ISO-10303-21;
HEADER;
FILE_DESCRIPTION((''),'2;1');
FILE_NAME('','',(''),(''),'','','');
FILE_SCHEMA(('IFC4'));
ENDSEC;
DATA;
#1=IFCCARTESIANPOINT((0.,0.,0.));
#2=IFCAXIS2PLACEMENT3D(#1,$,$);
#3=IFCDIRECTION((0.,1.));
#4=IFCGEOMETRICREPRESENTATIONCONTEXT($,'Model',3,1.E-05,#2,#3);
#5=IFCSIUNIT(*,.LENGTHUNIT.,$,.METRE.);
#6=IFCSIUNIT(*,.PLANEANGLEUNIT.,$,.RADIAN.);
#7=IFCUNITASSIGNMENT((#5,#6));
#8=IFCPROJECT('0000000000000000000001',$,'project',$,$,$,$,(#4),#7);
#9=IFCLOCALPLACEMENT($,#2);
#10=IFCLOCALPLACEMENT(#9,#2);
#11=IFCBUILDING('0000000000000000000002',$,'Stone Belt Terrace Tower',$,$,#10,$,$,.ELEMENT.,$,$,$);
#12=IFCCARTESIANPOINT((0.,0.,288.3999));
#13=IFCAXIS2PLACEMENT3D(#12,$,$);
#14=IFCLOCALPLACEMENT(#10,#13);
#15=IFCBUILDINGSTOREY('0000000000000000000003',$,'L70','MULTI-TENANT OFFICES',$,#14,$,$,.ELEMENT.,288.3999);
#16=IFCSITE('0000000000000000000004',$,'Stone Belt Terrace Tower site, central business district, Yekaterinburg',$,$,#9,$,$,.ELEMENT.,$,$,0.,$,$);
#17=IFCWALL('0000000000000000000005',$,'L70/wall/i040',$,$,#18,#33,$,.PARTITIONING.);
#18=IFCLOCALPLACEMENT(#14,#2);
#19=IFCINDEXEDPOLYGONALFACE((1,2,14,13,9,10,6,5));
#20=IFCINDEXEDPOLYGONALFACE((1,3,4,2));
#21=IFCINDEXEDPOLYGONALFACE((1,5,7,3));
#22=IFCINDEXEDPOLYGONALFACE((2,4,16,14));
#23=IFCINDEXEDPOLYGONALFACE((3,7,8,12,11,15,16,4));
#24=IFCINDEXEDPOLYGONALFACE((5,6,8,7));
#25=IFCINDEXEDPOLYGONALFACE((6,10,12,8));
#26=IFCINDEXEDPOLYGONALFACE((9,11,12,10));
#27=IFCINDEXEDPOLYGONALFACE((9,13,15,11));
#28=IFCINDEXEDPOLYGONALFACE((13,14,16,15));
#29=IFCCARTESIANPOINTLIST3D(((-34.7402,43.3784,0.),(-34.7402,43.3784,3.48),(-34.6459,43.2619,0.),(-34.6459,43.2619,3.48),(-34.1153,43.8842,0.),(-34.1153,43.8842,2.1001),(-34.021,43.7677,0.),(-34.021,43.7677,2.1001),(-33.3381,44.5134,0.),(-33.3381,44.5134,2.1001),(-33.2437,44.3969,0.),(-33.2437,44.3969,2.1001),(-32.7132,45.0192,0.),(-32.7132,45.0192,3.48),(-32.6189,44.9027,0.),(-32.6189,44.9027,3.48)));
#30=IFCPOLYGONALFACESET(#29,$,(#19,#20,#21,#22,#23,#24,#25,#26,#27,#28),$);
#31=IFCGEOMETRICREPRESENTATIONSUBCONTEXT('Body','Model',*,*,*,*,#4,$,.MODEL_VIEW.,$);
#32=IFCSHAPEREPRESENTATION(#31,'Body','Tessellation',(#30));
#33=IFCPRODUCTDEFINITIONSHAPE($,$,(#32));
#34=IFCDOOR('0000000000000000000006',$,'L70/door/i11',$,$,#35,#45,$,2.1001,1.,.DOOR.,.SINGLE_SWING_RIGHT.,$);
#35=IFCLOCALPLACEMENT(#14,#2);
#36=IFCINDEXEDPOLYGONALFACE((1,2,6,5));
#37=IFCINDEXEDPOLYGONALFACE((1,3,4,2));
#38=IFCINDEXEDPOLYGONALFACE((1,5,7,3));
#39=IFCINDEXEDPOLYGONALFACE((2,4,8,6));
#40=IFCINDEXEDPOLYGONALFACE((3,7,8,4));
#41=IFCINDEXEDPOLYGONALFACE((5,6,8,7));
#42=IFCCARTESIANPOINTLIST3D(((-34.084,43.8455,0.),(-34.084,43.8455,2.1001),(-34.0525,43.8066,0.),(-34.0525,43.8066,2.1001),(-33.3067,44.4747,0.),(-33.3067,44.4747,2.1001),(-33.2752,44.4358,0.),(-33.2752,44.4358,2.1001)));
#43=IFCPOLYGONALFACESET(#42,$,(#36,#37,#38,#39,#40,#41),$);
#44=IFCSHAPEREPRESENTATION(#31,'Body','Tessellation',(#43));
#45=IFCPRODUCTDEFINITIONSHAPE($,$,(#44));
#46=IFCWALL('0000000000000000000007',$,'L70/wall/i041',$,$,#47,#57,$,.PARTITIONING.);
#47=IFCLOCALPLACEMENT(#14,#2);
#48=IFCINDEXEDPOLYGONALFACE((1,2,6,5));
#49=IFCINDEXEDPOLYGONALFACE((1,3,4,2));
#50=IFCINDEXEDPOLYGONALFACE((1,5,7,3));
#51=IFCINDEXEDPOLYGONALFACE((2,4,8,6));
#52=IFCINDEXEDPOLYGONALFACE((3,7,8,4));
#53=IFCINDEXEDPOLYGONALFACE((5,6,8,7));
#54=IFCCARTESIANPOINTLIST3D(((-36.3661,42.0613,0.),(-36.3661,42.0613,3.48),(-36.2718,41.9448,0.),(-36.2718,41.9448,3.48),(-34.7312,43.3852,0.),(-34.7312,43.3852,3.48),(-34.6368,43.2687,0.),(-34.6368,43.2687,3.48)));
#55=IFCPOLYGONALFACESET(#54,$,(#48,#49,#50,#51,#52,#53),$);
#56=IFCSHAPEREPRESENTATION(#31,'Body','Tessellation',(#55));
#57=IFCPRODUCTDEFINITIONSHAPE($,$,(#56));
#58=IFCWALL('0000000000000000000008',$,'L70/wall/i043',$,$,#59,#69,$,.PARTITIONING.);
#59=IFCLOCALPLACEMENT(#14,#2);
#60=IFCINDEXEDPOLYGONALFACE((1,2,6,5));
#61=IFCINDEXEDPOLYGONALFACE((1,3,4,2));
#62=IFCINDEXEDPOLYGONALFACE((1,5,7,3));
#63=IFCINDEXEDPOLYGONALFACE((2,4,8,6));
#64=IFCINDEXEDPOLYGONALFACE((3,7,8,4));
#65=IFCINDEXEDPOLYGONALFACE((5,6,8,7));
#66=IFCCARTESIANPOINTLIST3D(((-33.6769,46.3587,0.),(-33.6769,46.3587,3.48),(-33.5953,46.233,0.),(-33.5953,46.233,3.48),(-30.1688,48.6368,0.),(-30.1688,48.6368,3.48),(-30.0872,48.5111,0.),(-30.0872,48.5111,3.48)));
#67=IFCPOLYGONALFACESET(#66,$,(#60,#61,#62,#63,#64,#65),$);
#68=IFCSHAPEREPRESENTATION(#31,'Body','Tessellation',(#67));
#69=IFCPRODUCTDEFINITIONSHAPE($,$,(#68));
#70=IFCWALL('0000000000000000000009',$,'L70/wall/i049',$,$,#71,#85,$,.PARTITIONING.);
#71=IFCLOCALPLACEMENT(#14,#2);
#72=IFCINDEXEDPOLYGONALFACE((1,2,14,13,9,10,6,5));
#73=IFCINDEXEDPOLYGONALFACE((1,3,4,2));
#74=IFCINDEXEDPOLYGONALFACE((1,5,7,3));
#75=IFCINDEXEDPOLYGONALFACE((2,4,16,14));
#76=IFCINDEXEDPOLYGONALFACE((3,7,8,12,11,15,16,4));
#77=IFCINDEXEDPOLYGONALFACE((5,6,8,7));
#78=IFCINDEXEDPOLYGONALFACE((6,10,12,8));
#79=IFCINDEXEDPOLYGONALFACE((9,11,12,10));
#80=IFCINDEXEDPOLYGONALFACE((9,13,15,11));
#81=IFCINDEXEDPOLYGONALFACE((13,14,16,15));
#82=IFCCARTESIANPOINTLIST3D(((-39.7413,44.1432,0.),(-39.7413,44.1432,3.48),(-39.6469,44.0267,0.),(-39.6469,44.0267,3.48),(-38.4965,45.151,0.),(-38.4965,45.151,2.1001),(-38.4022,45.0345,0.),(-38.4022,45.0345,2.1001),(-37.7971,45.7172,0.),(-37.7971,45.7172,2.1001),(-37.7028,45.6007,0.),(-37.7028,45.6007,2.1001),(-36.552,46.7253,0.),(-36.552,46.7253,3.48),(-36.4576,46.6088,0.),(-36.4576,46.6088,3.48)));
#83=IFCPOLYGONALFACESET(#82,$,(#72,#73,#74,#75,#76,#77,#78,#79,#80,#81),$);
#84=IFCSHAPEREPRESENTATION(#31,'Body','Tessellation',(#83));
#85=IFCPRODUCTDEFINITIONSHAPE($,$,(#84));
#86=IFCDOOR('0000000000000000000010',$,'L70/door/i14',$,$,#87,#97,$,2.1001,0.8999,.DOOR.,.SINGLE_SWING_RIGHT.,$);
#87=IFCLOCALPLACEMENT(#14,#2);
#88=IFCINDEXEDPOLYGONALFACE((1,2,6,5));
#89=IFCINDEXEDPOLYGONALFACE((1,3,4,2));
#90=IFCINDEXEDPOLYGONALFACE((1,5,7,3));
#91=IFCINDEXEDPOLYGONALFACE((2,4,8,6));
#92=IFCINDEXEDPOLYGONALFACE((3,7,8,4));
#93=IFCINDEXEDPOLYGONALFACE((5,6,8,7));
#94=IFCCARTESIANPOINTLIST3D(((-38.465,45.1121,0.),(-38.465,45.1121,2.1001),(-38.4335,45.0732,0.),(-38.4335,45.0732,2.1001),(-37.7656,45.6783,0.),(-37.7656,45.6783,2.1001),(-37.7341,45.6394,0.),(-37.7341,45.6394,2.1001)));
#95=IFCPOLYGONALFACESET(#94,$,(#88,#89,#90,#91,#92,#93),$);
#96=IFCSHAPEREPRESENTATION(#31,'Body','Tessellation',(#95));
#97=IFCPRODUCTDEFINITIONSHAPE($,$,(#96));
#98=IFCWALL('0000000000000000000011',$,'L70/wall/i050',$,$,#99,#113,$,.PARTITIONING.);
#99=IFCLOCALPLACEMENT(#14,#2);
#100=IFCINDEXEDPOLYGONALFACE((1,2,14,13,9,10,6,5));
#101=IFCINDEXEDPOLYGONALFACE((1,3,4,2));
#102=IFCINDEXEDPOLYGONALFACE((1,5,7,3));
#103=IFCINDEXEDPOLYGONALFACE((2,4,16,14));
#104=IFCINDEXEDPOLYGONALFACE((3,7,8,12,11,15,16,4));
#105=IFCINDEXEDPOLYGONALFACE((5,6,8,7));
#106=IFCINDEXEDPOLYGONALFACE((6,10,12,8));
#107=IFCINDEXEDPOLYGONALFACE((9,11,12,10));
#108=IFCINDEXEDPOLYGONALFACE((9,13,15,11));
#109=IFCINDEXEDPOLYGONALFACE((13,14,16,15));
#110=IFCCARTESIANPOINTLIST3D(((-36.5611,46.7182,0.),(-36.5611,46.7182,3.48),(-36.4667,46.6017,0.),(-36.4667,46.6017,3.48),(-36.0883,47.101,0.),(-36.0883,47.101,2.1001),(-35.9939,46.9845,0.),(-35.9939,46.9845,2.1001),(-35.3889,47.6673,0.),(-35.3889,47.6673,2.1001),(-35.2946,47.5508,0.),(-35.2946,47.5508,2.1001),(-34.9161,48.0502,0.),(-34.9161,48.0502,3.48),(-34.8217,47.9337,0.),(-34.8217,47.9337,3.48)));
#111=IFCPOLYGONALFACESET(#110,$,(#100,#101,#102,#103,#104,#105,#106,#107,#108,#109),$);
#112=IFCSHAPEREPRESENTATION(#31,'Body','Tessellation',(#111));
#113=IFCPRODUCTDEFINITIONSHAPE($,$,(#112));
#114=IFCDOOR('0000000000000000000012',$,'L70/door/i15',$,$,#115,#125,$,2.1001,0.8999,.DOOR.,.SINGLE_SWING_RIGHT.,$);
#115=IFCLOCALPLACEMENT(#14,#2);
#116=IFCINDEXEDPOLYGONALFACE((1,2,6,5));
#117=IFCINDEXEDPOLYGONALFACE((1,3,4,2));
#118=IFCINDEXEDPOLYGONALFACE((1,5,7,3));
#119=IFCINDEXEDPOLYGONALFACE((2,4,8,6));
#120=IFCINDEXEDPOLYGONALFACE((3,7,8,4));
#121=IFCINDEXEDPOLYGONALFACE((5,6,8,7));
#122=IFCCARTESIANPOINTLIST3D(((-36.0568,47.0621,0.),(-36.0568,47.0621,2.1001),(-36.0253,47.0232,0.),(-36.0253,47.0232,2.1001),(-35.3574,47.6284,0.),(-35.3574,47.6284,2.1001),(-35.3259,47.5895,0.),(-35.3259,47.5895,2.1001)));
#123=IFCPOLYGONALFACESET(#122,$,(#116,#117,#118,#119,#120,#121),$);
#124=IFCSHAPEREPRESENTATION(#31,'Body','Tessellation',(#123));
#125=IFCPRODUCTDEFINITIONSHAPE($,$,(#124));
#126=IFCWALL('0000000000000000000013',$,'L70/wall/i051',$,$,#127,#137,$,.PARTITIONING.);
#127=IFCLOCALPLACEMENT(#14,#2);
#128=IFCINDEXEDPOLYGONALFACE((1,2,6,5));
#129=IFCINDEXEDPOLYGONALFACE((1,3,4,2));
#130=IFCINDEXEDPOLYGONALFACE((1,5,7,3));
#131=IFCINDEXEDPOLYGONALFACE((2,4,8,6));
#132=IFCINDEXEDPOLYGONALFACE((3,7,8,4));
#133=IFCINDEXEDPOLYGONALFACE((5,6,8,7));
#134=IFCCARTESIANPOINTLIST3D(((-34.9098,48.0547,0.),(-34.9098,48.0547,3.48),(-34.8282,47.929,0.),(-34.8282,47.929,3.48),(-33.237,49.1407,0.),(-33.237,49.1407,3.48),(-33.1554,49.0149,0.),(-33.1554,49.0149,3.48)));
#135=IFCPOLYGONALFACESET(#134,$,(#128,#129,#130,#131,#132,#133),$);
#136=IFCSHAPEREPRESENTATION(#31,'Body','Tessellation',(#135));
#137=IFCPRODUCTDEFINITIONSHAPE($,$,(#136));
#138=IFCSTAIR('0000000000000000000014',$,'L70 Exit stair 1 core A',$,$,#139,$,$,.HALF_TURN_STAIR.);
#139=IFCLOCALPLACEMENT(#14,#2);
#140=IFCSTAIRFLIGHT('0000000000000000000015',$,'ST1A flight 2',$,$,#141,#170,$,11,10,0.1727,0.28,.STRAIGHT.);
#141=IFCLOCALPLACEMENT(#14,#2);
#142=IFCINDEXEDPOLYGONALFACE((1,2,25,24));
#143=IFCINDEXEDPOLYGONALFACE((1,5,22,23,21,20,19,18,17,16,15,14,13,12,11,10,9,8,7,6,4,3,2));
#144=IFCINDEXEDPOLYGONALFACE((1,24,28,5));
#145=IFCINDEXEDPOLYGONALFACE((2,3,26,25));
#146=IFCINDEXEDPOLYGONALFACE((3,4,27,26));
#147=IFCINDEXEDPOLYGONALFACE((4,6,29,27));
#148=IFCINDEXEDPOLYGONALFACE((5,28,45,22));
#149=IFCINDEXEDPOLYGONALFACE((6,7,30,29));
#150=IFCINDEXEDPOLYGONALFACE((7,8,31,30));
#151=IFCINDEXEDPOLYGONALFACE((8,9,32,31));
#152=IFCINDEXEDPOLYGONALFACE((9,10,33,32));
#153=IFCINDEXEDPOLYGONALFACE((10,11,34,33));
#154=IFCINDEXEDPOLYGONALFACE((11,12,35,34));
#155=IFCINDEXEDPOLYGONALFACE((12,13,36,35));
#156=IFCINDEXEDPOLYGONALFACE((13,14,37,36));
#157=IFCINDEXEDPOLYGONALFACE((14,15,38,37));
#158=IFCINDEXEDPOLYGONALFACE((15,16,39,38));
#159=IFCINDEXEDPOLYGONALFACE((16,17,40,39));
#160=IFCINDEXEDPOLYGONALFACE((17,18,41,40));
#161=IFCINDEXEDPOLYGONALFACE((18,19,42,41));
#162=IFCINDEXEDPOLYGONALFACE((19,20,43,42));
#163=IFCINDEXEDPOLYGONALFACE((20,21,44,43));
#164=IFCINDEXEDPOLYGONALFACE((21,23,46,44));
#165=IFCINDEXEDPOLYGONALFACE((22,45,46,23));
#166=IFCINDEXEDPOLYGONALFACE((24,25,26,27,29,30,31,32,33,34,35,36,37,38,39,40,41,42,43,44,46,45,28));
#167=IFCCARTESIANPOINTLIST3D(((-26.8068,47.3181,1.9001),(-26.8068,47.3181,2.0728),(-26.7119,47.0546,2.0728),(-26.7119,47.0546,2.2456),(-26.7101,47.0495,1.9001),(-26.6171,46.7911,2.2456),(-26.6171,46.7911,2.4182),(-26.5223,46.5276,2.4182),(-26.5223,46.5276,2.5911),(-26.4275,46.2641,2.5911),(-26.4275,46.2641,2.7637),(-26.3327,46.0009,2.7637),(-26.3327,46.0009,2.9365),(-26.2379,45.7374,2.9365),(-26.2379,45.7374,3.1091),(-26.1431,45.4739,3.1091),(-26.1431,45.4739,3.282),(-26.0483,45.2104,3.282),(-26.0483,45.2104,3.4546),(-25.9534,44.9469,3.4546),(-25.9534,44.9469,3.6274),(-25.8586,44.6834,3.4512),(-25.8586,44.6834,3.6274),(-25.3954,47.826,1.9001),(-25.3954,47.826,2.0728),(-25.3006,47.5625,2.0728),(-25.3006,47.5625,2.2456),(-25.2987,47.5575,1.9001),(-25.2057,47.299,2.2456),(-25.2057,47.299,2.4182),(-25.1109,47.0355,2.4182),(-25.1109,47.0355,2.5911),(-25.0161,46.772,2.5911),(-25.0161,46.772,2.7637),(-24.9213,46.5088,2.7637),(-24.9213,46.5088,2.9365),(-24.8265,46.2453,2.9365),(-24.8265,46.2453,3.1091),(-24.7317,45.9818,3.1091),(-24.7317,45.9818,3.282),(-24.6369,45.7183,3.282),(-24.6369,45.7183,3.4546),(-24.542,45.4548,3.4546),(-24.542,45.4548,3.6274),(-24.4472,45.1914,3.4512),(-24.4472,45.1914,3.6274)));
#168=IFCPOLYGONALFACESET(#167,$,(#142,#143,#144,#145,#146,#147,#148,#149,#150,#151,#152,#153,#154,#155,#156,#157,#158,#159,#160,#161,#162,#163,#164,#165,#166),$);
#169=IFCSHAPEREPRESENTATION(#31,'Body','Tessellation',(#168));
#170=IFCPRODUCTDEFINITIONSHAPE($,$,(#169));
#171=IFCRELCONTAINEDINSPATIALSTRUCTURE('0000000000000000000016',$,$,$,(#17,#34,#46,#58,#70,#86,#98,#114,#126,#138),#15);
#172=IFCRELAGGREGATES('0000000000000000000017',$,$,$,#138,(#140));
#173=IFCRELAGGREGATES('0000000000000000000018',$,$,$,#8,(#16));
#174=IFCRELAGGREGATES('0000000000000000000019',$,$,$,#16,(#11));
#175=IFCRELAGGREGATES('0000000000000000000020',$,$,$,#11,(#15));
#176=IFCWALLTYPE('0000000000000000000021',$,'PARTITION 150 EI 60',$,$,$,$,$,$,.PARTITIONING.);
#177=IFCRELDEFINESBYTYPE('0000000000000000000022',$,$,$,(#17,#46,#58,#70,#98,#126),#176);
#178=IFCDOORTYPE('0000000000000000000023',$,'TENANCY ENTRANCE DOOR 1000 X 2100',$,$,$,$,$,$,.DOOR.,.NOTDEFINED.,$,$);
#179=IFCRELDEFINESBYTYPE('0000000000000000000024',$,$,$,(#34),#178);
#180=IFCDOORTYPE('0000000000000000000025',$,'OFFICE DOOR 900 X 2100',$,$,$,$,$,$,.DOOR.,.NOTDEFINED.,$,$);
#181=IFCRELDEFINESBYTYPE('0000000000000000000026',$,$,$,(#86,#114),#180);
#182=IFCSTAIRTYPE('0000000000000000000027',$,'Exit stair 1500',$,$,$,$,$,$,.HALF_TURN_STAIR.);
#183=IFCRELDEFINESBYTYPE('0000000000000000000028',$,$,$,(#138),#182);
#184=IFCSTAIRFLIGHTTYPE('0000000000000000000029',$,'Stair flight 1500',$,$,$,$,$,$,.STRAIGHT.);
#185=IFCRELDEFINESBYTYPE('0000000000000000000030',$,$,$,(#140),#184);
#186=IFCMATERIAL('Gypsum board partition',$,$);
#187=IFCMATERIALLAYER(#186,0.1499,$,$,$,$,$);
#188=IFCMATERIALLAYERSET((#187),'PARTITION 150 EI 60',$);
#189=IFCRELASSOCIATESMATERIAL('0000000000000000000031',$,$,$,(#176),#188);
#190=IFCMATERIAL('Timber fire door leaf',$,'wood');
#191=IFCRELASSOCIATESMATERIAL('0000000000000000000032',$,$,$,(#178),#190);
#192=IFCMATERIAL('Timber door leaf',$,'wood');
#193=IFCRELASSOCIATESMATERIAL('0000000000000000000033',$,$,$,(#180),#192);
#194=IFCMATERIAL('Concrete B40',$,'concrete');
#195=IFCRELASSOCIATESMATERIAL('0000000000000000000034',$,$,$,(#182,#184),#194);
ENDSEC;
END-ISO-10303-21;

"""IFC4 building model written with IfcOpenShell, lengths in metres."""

from ifc_helpers import new_model, si_unit, direction, frame, frame_2d, origin, place, context, subcontext, project, spatial, polyline, rectangle, outline, extrude, material, layer, layer_set, type_object, element, fill, aggregate, save


model = new_model("IFC4")

# Units and contexts
model_context = context("Model", 3, precision=1e-05, world=origin(), true_north=direction((0.0, 1.0)))
body_context = subcontext(model_context, "Body", "Model", "MODEL_VIEW")
ifc_project = project(units=[si_unit("LENGTHUNIT", "METRE"), si_unit("PLANEANGLEUNIT", "RADIAN")], contexts=[model_context])

# Site, building, storey
site_placement = place(None, origin())
site = spatial("IfcSite", under=ifc_project, at=site_placement, Name="Stone Belt Terrace Tower site, central business district, Yekaterinburg", CompositionType="ELEMENT", RefElevation=0.0)
building_placement = place(site_placement, origin())
building = spatial("IfcBuilding", under=site, at=building_placement, Name="Stone Belt Terrace Tower", CompositionType="ELEMENT")
storey_placement = place(building_placement, frame((0.0, 0.0, 288.3999)))
storey = spatial("IfcBuildingStorey", under=building, at=storey_placement, Name="L70", Description="MULTI-TENANT OFFICES", CompositionType="ELEMENT", Elevation=288.3999)

# Shared definitions
ifc_material_1 = material(Name="Gypsum board partition")
ifc_layer_1 = layer(ifc_material_1, 0.1499)
ifc_layer_set_1 = layer_set([ifc_layer_1], Name="PARTITION 150 EI 60")
wall_type_1 = type_object("IfcWallType", Name="PARTITION 150 EI 60", PredefinedType="PARTITIONING", material=ifc_layer_set_1)

# Wall, opening, door
wall_1_placement = place(storey_placement, frame((-32.666, 44.9609, 0.0), z_axis=(0.0, 0.0, 1.0), x_axis=(-0.777267, -0.629171, 0.0)))
wall_1 = element("IfcWall", 1, at=wall_1_placement, inside=storey, type_object=wall_type_1, Name="L70/wall/i040", PredefinedType="PARTITIONING", context=body_context, shape_type="SweptSolid", body=[
    extrude(rectangle(XDim=2.6079, YDim=0.1499, at=frame_2d((1.304, 0.0))), origin(), (0.0, 0.0, 1.0), 3.48),
])
opening_1_placement = place(wall_1_placement, frame((0.804, 0.0, 0.0)))
opening_1 = element("IfcOpeningElement", 2, at=opening_1_placement, cuts=wall_1, PredefinedType="OPENING", context=body_context, shape_type="SweptSolid", body=[
    extrude(rectangle(XDim=1.0, YDim=2.1001, at=frame_2d((0.5, 1.05))), frame((0.0, 0.085, 0.0), z_axis=(0.0, -1.0, 0.0), x_axis=(1.0, 0.0, 0.0)), (0.0, 0.0, 1.0), 0.1699),
])
ifc_material_2 = material(Name="Timber fire door leaf", Category="wood")
door_type_1 = type_object("IfcDoorType", Name="TENANCY ENTRANCE DOOR 1000 X 2100", OperationType="NOTDEFINED", PredefinedType="DOOR", material=ifc_material_2)
door_1_placement = place(opening_1_placement, origin())
door_1 = element("IfcDoor", 3, at=door_1_placement, inside=storey, type_object=door_type_1, Name="L70/door/i11", OperationType="SINGLE_SWING_RIGHT", OverallHeight=2.1001, OverallWidth=1.0, PredefinedType="DOOR", context=body_context, shape_type="SweptSolid", body=[
    extrude(rectangle(XDim=1.0, YDim=2.1001, at=frame_2d((0.5, 1.05))), frame((0.0, 0.0249, 0.0), z_axis=(0.0, -1.0, 0.0), x_axis=(1.0, 0.0, 0.0)), (0.0, 0.0, 1.0), 0.05),
])
fill(opening_1, door_1)

# Walls
wall_2_placement = place(storey_placement, frame((-34.6841, 43.3269, 0.0), z_axis=(0.0, 0.0, 1.0), x_axis=(-0.777153, -0.629312, 0.0)))
element("IfcWall", 4, at=wall_2_placement, inside=storey, type_object=wall_type_1, Name="L70/wall/i041", PredefinedType="PARTITIONING", context=body_context, shape_type="SweptSolid", body=[
    extrude(rectangle(XDim=2.1038, YDim=0.1499, at=frame_2d((1.0518, 0.0))), origin(), (0.0, 0.0, 1.0), 3.48),
])
wall_3_placement = place(storey_placement, frame((-33.636, 46.2959, 0.0), z_axis=(0.0, 0.0, 1.0), x_axis=(0.83868, 0.544625, 0.0)))
element("IfcWall", 5, at=wall_3_placement, inside=storey, type_object=wall_type_1, Name="L70/wall/i043", PredefinedType="PARTITIONING", context=body_context, shape_type="SweptSolid", body=[
    extrude(rectangle(XDim=4.1829, YDim=0.1499, at=frame_2d((2.0913, 0.0))), origin(), (0.0, 0.0, 1.0), 3.48),
])

# Walls, openings, doors
wall_4_placement = place(storey_placement, frame((-39.6941, 44.085, 0.0), z_axis=(0.0, 0.0, 1.0), x_axis=(0.77721, 0.629241, 0.0)))
wall_4 = element("IfcWall", 6, at=wall_4_placement, inside=storey, type_object=wall_type_1, Name="L70/wall/i049", PredefinedType="PARTITIONING", context=body_context, shape_type="SweptSolid", body=[
    extrude(rectangle(XDim=4.1035, YDim=0.1499, at=frame_2d((2.0518, 0.0))), origin(), (0.0, 0.0, 1.0), 3.48),
])
opening_2_placement = place(wall_4_placement, frame((1.6016, 0.0, 0.0)))
opening_2 = element("IfcOpeningElement", 7, at=opening_2_placement, cuts=wall_4, PredefinedType="OPENING", context=body_context, shape_type="SweptSolid", body=[
    extrude(rectangle(XDim=0.8999, YDim=2.1001, at=frame_2d((0.45, 1.05))), frame((0.0, 0.085, 0.0), z_axis=(0.0, -1.0, 0.0), x_axis=(1.0, 0.0, 0.0)), (0.0, 0.0, 1.0), 0.1699),
])
ifc_material_3 = material(Name="Timber door leaf", Category="wood")
door_type_2 = type_object("IfcDoorType", Name="OFFICE DOOR 900 X 2100", OperationType="NOTDEFINED", PredefinedType="DOOR", material=ifc_material_3)
door_2_placement = place(opening_2_placement, origin())
door_2 = element("IfcDoor", 8, at=door_2_placement, inside=storey, type_object=door_type_2, Name="L70/door/i14", OperationType="SINGLE_SWING_RIGHT", OverallHeight=2.1001, OverallWidth=0.8999, PredefinedType="DOOR", context=body_context, shape_type="SweptSolid", body=[
    extrude(rectangle(XDim=0.8999, YDim=2.1001, at=frame_2d((0.45, 1.05))), frame((0.0, 0.0249, 0.0), z_axis=(0.0, -1.0, 0.0), x_axis=(1.0, 0.0, 0.0)), (0.0, 0.0, 1.0), 0.05),
])
fill(opening_2, door_2)
wall_5_placement = place(storey_placement, frame((-36.5139, 46.6599, 0.0), z_axis=(0.0, 0.0, 1.0), x_axis=(0.777164, 0.629298, 0.0)))
wall_5 = element("IfcWall", 9, at=wall_5_placement, inside=storey, type_object=wall_type_1, Name="L70/wall/i050", PredefinedType="PARTITIONING", context=body_context, shape_type="SweptSolid", body=[
    extrude(rectangle(XDim=2.1167, YDim=0.1499, at=frame_2d((1.0583, 0.0))), origin(), (0.0, 0.0, 1.0), 3.48),
])
opening_3_placement = place(wall_5_placement, frame((0.6084, 0.0, 0.0)))
opening_3 = element("IfcOpeningElement", 10, at=opening_3_placement, cuts=wall_5, PredefinedType="OPENING", context=body_context, shape_type="SweptSolid", body=[
    extrude(rectangle(XDim=0.8999, YDim=2.1001, at=frame_2d((0.45, 1.05))), frame((0.0, 0.085, 0.0), z_axis=(0.0, -1.0, 0.0), x_axis=(1.0, 0.0, 0.0)), (0.0, 0.0, 1.0), 0.1699),
])
door_3_placement = place(opening_3_placement, origin())
door_3 = element("IfcDoor", 11, at=door_3_placement, inside=storey, type_object=door_type_2, Name="L70/door/i15", OperationType="SINGLE_SWING_RIGHT", OverallHeight=2.1001, OverallWidth=0.8999, PredefinedType="DOOR", context=body_context, shape_type="SweptSolid", body=[
    extrude(rectangle(XDim=0.8999, YDim=2.1001, at=frame_2d((0.45, 1.05))), frame((0.0, 0.0249, 0.0), z_axis=(0.0, -1.0, 0.0), x_axis=(1.0, 0.0, 0.0)), (0.0, 0.0, 1.0), 0.05),
])
fill(opening_3, door_3)

# Wall
wall_6_placement = place(storey_placement, frame((-34.8689, 47.9919, 0.0), z_axis=(0.0, 0.0, 1.0), x_axis=(0.838768, 0.544489, 0.0)))
element("IfcWall", 12, at=wall_6_placement, inside=storey, type_object=wall_type_1, Name="L70/wall/i051", PredefinedType="PARTITIONING", context=body_context, shape_type="SweptSolid", body=[
    extrude(rectangle(XDim=1.9944, YDim=0.1499, at=frame_2d((0.9971, 0.0))), origin(), (0.0, 0.0, 1.0), 3.48),
])

# Stair, stair flight
ifc_material_4 = material(Name="Concrete B40", Category="concrete")
stair_type = type_object("IfcStairType", Name="Exit stair 1500", PredefinedType="HALF_TURN_STAIR", material=ifc_material_4)
stair_placement = place(storey_placement, origin())
stair = element("IfcStair", 13, at=stair_placement, inside=storey, type_object=stair_type, Name="L70 Exit stair 1 core A", PredefinedType="HALF_TURN_STAIR")
stair_flight_type = type_object("IfcStairFlightType", Name="Stair flight 1500", PredefinedType="STRAIGHT", material=ifc_material_4)
stair_flight_placement = place(storey_placement, frame((-26.1011, 47.572, 1.9001), z_axis=(0.0, 0.0, 1.0), x_axis=(0.338624, -0.940922, 0.0)))
stair_flight = element("IfcStairFlight", 14, at=stair_flight_placement, type_object=stair_flight_type, Name="ST1A flight 2", NumberOfRisers=11, NumberOfTreads=10, PredefinedType="STRAIGHT", RiserHeight=0.1727, TreadLength=0.28, context=body_context, shape_type="SweptSolid", body=[
    extrude(outline(polyline([(0.0, 0.0), (0.0, 0.1726), (0.28, 0.1726), (0.28, 0.3455), (0.5601, 0.3455), (0.5601, 0.5181), (0.8401, 0.5181), (0.8401, 0.6909), (1.1201, 0.6909), (1.1201, 0.8635), (1.3999, 0.8635), (1.3999, 1.0364), (1.6799, 1.0364), (1.6799, 1.209), (1.96, 1.209), (1.96, 1.3818), (2.24, 1.3818), (2.24, 1.5544), (2.52, 1.5544), (2.52, 1.7273), (2.8, 1.7273), (2.8, 1.8999), (2.8, 1.551), (0.2854, 0.0), (0.0, 0.0)])), frame((0.0, 0.75, 0.0), z_axis=(0.0, -1.0, 0.0), x_axis=(1.0, 0.0, 0.0)), (0.0, 0.0, 1.0), 1.5),
])
aggregate(stair, [stair_flight])

save(model, "model.ifc")
